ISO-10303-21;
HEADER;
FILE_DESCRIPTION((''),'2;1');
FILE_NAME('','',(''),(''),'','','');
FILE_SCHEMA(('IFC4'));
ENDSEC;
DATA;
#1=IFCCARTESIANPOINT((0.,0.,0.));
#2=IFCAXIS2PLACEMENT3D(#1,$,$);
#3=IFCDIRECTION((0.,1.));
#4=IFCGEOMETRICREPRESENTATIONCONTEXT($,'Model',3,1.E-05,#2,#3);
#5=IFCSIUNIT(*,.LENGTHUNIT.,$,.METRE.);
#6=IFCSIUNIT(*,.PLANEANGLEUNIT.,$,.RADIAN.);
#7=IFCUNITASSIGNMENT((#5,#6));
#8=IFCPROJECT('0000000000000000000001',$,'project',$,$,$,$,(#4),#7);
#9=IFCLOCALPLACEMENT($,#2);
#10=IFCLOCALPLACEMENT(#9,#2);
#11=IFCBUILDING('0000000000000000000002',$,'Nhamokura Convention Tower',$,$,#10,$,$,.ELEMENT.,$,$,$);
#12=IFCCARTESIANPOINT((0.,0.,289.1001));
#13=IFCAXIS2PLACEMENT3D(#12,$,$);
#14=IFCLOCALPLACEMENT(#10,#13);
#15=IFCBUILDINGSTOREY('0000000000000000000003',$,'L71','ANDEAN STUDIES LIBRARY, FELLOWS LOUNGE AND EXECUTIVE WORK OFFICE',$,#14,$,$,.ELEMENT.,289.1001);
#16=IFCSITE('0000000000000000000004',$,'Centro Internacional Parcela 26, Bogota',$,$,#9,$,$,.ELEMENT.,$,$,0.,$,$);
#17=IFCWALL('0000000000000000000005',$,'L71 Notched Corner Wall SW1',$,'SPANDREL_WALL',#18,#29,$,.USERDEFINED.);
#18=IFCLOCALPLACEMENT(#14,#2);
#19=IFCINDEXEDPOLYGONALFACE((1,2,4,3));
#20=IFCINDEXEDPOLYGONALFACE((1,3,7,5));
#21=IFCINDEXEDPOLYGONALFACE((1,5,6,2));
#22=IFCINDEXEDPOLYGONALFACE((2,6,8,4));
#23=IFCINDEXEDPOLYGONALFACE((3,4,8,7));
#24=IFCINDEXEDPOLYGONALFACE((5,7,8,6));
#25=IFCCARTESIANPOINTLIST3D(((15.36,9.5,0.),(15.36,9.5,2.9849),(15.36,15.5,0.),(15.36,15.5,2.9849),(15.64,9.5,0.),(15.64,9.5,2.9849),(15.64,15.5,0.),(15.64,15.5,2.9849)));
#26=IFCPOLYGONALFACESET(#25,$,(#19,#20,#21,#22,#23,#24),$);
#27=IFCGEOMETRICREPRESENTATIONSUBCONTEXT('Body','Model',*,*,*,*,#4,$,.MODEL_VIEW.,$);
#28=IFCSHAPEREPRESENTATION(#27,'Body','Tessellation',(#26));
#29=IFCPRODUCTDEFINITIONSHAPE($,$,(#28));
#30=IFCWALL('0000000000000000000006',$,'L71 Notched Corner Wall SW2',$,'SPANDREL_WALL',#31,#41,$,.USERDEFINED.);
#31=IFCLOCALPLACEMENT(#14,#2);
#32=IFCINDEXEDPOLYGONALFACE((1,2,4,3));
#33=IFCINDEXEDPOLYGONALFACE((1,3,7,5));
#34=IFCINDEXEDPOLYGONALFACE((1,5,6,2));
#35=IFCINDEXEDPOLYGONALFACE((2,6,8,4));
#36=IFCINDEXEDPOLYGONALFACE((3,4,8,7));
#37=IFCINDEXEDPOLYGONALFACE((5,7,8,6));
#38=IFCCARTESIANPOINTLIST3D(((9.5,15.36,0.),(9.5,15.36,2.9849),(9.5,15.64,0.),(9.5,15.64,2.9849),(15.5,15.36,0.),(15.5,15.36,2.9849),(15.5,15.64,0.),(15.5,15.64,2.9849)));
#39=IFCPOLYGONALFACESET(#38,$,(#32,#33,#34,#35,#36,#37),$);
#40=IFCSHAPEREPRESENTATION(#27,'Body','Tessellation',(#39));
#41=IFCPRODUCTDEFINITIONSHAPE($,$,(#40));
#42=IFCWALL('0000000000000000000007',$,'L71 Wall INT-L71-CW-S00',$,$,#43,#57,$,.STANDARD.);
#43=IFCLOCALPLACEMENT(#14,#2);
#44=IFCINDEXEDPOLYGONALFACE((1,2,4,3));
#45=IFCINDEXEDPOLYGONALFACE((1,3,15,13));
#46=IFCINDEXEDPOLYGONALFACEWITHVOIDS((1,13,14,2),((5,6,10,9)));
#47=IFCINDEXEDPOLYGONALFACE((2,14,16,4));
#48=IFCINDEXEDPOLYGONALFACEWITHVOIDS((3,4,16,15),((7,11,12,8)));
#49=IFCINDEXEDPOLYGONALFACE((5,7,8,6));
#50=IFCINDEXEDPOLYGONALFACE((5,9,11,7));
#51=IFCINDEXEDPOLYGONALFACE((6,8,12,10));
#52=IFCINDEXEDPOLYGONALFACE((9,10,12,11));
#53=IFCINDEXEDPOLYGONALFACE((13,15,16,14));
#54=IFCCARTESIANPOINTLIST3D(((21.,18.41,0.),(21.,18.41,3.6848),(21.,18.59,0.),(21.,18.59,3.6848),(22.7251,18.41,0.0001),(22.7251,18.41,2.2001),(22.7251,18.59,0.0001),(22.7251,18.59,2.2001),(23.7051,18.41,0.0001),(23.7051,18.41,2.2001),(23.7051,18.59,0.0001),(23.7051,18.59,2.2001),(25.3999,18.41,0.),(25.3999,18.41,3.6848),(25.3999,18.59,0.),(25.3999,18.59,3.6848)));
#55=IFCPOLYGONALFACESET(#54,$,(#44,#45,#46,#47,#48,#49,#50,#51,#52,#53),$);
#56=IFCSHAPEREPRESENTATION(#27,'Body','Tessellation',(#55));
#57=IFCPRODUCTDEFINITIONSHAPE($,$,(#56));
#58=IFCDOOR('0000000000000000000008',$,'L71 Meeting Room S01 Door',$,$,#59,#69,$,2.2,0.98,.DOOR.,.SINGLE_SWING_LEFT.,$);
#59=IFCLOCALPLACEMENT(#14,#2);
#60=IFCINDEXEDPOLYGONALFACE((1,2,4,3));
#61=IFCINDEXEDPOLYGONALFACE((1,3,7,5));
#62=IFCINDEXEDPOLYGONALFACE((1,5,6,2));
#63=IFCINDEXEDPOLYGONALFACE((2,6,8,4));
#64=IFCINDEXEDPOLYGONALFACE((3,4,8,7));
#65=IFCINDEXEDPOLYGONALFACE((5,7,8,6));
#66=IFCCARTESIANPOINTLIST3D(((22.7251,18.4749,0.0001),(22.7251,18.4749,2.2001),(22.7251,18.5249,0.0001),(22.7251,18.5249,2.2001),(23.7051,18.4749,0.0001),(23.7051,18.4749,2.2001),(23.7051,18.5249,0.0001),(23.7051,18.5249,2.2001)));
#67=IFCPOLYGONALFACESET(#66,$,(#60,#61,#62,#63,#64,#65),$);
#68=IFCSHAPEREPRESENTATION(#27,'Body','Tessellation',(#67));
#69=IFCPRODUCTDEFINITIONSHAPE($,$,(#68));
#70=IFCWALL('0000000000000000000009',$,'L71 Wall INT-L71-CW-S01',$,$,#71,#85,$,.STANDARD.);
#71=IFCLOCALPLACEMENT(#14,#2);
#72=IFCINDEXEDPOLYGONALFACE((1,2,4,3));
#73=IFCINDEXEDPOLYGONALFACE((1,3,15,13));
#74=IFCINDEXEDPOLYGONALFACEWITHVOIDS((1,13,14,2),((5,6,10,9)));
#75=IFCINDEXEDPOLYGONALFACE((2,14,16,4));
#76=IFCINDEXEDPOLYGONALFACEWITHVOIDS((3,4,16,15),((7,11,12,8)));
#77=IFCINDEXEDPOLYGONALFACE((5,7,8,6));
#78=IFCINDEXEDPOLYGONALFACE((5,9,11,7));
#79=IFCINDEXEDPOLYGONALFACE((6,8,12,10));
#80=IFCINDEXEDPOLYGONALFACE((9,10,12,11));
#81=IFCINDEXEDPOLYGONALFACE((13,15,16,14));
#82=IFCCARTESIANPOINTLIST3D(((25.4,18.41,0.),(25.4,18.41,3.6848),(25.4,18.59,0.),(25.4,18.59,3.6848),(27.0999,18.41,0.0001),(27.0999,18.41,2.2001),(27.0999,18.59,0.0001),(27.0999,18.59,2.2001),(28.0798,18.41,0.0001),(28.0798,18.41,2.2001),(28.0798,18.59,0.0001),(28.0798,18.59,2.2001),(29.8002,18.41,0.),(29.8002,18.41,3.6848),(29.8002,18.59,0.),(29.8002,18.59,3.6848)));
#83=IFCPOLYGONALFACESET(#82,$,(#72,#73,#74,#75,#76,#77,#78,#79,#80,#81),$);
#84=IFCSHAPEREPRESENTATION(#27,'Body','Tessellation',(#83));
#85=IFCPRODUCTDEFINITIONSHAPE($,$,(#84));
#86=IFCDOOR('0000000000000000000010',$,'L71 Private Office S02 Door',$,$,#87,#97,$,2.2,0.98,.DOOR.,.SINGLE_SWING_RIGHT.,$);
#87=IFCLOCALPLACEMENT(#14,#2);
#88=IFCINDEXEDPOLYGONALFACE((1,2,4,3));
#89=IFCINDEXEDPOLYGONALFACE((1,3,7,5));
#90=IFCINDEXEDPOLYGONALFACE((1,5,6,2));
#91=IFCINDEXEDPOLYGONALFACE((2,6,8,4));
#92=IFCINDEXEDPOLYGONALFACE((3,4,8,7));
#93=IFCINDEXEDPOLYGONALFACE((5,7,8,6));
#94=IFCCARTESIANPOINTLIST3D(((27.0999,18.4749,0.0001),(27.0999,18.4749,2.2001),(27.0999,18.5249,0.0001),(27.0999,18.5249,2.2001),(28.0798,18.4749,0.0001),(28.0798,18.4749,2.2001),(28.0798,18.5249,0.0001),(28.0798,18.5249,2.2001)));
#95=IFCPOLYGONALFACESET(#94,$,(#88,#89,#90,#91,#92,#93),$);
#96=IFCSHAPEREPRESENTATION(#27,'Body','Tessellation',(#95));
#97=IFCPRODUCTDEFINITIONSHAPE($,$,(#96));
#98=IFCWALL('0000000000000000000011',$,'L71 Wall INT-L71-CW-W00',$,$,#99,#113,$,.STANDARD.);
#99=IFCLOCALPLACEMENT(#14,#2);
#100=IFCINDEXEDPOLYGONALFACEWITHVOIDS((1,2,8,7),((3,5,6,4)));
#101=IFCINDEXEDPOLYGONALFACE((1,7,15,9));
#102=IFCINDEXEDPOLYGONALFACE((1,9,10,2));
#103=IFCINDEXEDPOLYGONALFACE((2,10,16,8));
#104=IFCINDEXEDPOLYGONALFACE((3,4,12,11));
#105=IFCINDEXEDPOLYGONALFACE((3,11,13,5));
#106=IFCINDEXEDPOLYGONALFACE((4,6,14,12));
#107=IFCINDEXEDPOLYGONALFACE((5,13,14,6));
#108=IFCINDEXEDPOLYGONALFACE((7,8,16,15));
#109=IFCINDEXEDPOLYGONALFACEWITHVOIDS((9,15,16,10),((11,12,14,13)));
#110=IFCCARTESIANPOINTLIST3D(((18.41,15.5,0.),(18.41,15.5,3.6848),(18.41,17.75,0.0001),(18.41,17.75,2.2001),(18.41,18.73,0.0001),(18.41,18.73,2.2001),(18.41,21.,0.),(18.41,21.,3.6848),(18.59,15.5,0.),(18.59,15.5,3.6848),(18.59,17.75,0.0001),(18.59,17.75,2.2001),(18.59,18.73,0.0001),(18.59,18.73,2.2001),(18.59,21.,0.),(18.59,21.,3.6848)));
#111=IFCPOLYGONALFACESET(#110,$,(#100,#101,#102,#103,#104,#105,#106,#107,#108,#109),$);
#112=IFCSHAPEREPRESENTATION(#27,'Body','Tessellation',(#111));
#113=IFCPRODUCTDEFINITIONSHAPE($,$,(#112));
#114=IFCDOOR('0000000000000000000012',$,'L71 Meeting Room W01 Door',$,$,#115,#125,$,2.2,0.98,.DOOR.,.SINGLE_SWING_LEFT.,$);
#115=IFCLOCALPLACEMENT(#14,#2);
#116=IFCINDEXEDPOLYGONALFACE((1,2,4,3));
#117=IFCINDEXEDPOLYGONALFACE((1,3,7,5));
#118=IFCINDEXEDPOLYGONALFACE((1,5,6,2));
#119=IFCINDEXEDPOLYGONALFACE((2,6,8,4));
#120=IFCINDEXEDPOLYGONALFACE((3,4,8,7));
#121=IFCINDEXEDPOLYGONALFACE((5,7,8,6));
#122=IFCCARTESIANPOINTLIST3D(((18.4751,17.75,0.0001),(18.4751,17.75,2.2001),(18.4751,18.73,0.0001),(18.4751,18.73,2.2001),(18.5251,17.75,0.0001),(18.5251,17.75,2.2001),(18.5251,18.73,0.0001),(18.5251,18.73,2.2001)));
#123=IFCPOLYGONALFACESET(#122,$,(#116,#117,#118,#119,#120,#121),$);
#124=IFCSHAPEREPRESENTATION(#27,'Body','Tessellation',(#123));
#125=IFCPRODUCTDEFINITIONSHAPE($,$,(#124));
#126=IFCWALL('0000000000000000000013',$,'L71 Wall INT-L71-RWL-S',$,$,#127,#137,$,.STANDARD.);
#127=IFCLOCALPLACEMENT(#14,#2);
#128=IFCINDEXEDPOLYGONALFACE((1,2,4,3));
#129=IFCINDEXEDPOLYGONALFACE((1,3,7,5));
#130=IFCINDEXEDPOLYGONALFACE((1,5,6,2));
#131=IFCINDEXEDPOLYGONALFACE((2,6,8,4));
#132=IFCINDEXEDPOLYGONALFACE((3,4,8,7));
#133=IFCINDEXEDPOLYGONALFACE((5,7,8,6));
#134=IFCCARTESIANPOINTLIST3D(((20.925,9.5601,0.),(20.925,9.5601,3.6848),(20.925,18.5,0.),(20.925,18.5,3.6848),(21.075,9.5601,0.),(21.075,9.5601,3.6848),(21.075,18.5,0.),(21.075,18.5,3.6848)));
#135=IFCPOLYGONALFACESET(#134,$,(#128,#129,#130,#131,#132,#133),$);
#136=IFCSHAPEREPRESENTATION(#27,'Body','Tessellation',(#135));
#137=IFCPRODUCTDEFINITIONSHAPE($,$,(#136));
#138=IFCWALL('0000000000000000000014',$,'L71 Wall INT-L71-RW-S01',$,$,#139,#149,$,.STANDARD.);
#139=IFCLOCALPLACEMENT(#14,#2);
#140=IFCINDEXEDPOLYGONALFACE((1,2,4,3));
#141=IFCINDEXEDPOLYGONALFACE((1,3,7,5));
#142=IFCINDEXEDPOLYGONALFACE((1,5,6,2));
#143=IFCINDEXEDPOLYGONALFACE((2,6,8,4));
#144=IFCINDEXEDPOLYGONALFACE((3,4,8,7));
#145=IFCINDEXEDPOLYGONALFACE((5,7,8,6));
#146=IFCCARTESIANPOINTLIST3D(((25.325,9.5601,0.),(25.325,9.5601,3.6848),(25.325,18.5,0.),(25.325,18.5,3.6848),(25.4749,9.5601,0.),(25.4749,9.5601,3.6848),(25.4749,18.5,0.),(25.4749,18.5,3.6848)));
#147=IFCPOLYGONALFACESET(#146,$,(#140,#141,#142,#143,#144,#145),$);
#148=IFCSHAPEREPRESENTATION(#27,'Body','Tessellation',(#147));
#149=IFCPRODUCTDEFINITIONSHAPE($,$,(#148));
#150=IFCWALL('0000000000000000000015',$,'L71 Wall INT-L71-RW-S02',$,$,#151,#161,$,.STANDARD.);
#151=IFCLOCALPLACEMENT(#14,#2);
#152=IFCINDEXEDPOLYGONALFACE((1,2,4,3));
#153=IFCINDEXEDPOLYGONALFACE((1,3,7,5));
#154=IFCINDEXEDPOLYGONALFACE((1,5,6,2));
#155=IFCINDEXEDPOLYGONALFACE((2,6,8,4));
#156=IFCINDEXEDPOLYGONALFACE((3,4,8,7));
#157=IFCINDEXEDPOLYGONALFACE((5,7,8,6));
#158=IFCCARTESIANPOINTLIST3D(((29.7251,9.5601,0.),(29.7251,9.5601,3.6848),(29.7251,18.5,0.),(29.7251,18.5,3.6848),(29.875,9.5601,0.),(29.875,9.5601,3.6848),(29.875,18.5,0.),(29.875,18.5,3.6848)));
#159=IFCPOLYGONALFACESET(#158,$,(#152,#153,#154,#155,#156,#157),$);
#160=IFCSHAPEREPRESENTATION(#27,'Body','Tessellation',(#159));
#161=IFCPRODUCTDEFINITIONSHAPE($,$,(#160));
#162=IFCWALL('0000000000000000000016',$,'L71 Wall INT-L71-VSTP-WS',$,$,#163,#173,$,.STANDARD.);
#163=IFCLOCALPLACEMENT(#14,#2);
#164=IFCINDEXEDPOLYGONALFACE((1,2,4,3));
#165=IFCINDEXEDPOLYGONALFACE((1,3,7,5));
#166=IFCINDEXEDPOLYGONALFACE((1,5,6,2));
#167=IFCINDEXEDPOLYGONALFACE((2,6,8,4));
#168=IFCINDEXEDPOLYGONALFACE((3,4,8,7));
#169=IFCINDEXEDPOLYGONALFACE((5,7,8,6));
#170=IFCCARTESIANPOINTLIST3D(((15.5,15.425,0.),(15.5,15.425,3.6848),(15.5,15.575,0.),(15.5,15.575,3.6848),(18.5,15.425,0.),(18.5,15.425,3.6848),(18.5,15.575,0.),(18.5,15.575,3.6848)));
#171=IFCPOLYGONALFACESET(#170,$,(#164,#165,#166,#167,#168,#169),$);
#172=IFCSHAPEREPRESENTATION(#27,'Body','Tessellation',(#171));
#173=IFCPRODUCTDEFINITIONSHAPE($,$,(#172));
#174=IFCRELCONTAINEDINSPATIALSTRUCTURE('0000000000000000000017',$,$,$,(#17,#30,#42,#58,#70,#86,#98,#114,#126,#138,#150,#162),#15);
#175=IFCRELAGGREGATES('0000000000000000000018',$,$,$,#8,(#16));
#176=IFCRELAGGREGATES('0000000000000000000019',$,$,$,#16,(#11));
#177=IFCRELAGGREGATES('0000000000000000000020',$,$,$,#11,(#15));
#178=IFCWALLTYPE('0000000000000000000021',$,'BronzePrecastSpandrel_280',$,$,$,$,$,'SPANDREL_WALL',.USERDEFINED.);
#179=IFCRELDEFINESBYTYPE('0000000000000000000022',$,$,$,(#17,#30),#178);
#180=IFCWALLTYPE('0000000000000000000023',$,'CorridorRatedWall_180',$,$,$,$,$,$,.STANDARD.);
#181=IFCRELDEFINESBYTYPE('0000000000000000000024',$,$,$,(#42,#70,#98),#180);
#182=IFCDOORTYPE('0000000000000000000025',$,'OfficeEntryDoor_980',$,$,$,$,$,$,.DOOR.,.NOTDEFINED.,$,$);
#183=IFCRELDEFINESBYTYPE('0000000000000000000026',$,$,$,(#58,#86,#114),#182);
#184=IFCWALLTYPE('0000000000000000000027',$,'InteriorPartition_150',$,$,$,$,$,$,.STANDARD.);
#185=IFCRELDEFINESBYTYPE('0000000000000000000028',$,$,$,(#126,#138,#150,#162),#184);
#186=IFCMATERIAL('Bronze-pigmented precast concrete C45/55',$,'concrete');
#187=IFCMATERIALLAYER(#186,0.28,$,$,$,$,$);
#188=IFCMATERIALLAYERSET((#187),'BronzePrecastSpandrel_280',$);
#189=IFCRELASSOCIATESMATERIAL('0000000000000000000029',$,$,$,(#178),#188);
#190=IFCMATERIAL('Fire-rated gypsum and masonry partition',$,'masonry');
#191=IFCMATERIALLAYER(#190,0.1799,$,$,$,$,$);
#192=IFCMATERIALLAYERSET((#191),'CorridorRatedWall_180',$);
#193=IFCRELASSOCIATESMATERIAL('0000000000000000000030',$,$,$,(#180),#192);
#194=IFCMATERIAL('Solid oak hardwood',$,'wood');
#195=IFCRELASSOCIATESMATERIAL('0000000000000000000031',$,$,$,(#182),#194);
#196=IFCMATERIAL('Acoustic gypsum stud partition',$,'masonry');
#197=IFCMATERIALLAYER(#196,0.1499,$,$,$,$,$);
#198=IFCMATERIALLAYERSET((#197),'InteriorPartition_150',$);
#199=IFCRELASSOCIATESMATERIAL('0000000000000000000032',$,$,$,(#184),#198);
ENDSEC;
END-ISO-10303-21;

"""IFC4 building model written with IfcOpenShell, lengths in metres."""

from ifc_helpers import new_model, si_unit, direction, frame, frame_2d, origin, place, context, subcontext, project, spatial, rectangle, extrude, material, layer, layer_set, type_object, element, fill, save


model = new_model("IFC4")

# Units and contexts
model_context = context("Model", 3, precision=1e-05, world=origin(), true_north=direction((0.0, 1.0)))
body_context = subcontext(model_context, "Body", "Model", "MODEL_VIEW")
ifc_project = project(units=[si_unit("LENGTHUNIT", "METRE"), si_unit("PLANEANGLEUNIT", "RADIAN")], contexts=[model_context])

# Site, building, storey
site_placement = place(None, origin())
site = spatial("IfcSite", under=ifc_project, at=site_placement, Name="Centro Internacional Parcela 26, Bogota", CompositionType="ELEMENT", RefElevation=0.0)
building_placement = place(site_placement, origin())
building = spatial("IfcBuilding", under=site, at=building_placement, Name="Nhamokura Convention Tower", CompositionType="ELEMENT")
storey_placement = place(building_placement, frame((0.0, 0.0, 289.1001)))
storey = spatial("IfcBuildingStorey", under=building, at=storey_placement, Name="L71", Description="ANDEAN STUDIES LIBRARY, FELLOWS LOUNGE AND EXECUTIVE WORK OFFICE", CompositionType="ELEMENT", Elevation=289.1001)

# Shared definitions
ifc_material_1 = material(Name="Bronze-pigmented precast concrete C45/55", Category="concrete")
ifc_layer_1 = layer(ifc_material_1, 0.28)
ifc_layer_set_1 = layer_set([ifc_layer_1], Name="BronzePrecastSpandrel_280")
wall_type_1 = type_object("IfcWallType", Name="BronzePrecastSpandrel_280", ElementType="SPANDREL_WALL", PredefinedType="USERDEFINED", material=ifc_layer_set_1)

# Walls
for number, where, z_axis, x_axis, name in (
    (1, (15.5, 9.5, 0.0), (0.0, 0.0, 1.0), (0.0, 1.0, 0.0), "L71 Notched Corner Wall SW1"),
    (2, (15.5, 15.5, 0.0), (0.0, 0.0, 1.0), (-1.0, 0.0, 0.0), "L71 Notched Corner Wall SW2"),
):
    element("IfcWall", number, at=place(storey_placement, frame(where, z_axis=z_axis, x_axis=x_axis)), inside=storey, type_object=wall_type_1, Name=name, ObjectType="SPANDREL_WALL", PredefinedType="USERDEFINED", context=body_context, shape_type="SweptSolid", body=[
        extrude(rectangle(XDim=6.0, YDim=0.28, at=frame_2d((3.0, 0.0))), origin(), (0.0, 0.0, 1.0), 2.9849),
    ])

# Walls, openings, doors
ifc_material_2 = material(Name="Fire-rated gypsum and masonry partition", Category="masonry")
ifc_layer_2 = layer(ifc_material_2, 0.1799)
ifc_layer_set_2 = layer_set([ifc_layer_2], Name="CorridorRatedWall_180")
wall_type_2 = type_object("IfcWallType", Name="CorridorRatedWall_180", PredefinedType="STANDARD", material=ifc_layer_set_2)
wall_1_placement = place(storey_placement, frame((21.0, 18.5, 0.0), z_axis=(0.0, 0.0, 1.0), x_axis=(1.0, 0.0, 0.0)))
wall_1 = element("IfcWall", 3, at=wall_1_placement, inside=storey, type_object=wall_type_2, Name="L71 Wall INT-L71-CW-S00", PredefinedType="STANDARD", context=body_context, shape_type="SweptSolid", body=[
    extrude(rectangle(XDim=4.3999, YDim=0.1799, at=frame_2d((2.2, 0.0))), origin(), (0.0, 0.0, 1.0), 3.6848),
])
opening_1_placement = place(wall_1_placement, frame((1.7251, 0.0, 0.0)))
opening_1 = element("IfcOpeningElement", 4, at=opening_1_placement, cuts=wall_1, PredefinedType="OPENING", context=body_context, shape_type="SweptSolid", body=[
    extrude(rectangle(XDim=0.98, YDim=2.2, at=frame_2d((0.49, 1.1001))), frame((0.0, 0.0999, 0.0), z_axis=(0.0, -1.0, 0.0), x_axis=(1.0, 0.0, 0.0)), (0.0, 0.0, 1.0), 0.2),
])
ifc_material_3 = material(Name="Solid oak hardwood", Category="wood")
door_type = type_object("IfcDoorType", Name="OfficeEntryDoor_980", OperationType="NOTDEFINED", PredefinedType="DOOR", material=ifc_material_3)
door_1_placement = place(opening_1_placement, origin())
door_1 = element("IfcDoor", 5, at=door_1_placement, inside=storey, type_object=door_type, Name="L71 Meeting Room S01 Door", OperationType="SINGLE_SWING_LEFT", OverallHeight=2.2, OverallWidth=0.98, PredefinedType="DOOR", context=body_context, shape_type="SweptSolid", body=[
    extrude(rectangle(XDim=0.98, YDim=2.2, at=frame_2d((0.49, 1.1001))), frame((0.0, 0.0249, 0.0), z_axis=(0.0, -1.0, 0.0), x_axis=(1.0, 0.0, 0.0)), (0.0, 0.0, 1.0), 0.05),
])
fill(opening_1, door_1)
wall_2_placement = place(storey_placement, frame((25.3999, 18.5, 0.0), z_axis=(0.0, 0.0, 1.0), x_axis=(1.0, 0.0, 0.0)))
wall_2 = element("IfcWall", 6, at=wall_2_placement, inside=storey, type_object=wall_type_2, Name="L71 Wall INT-L71-CW-S01", PredefinedType="STANDARD", context=body_context, shape_type="SweptSolid", body=[
    extrude(rectangle(XDim=4.4001, YDim=0.1799, at=frame_2d((2.2002, 0.0))), origin(), (0.0, 0.0, 1.0), 3.6848),
])
opening_2_placement = place(wall_2_placement, frame((1.7, 0.0, 0.0)))
opening_2 = element("IfcOpeningElement", 7, at=opening_2_placement, cuts=wall_2, PredefinedType="OPENING", context=body_context, shape_type="SweptSolid", body=[
    extrude(rectangle(XDim=0.98, YDim=2.2, at=frame_2d((0.49, 1.1001))), frame((0.0, 0.0999, 0.0), z_axis=(0.0, -1.0, 0.0), x_axis=(1.0, 0.0, 0.0)), (0.0, 0.0, 1.0), 0.2),
])
door_2_placement = place(opening_2_placement, origin())
door_2 = element("IfcDoor", 8, at=door_2_placement, inside=storey, type_object=door_type, Name="L71 Private Office S02 Door", OperationType="SINGLE_SWING_RIGHT", OverallHeight=2.2, OverallWidth=0.98, PredefinedType="DOOR", context=body_context, shape_type="SweptSolid", body=[
    extrude(rectangle(XDim=0.98, YDim=2.2, at=frame_2d((0.49, 1.1001))), frame((0.0, 0.0249, 0.0), z_axis=(0.0, -1.0, 0.0), x_axis=(1.0, 0.0, 0.0)), (0.0, 0.0, 1.0), 0.05),
])
fill(opening_2, door_2)
wall_3_placement = place(storey_placement, frame((18.5, 15.5, 0.0), z_axis=(0.0, 0.0, 1.0), x_axis=(0.0, 1.0, 0.0)))
wall_3 = element("IfcWall", 9, at=wall_3_placement, inside=storey, type_object=wall_type_2, Name="L71 Wall INT-L71-CW-W00", PredefinedType="STANDARD", context=body_context, shape_type="SweptSolid", body=[
    extrude(rectangle(XDim=5.5, YDim=0.1799, at=frame_2d((2.75, 0.0))), origin(), (0.0, 0.0, 1.0), 3.6848),
])
opening_3_placement = place(wall_3_placement, frame((2.25, 0.0, 0.0)))
opening_3 = element("IfcOpeningElement", 10, at=opening_3_placement, cuts=wall_3, PredefinedType="OPENING", context=body_context, shape_type="SweptSolid", body=[
    extrude(rectangle(XDim=0.98, YDim=2.2, at=frame_2d((0.49, 1.1001))), frame((0.0, 0.0999, 0.0), z_axis=(0.0, -1.0, 0.0), x_axis=(1.0, 0.0, 0.0)), (0.0, 0.0, 1.0), 0.2),
])
door_3_placement = place(opening_3_placement, origin())
door_3 = element("IfcDoor", 11, at=door_3_placement, inside=storey, type_object=door_type, Name="L71 Meeting Room W01 Door", OperationType="SINGLE_SWING_LEFT", OverallHeight=2.2, OverallWidth=0.98, PredefinedType="DOOR", context=body_context, shape_type="SweptSolid", body=[
    extrude(rectangle(XDim=0.98, YDim=2.2, at=frame_2d((0.49, 1.1001))), frame((0.0, 0.0249, 0.0), z_axis=(0.0, -1.0, 0.0), x_axis=(1.0, 0.0, 0.0)), (0.0, 0.0, 1.0), 0.05),
])
fill(opening_3, door_3)

# Walls
ifc_material_4 = material(Name="Acoustic gypsum stud partition", Category="masonry")
ifc_layer_3 = layer(ifc_material_4, 0.1499)
ifc_layer_set_3 = layer_set([ifc_layer_3], Name="InteriorPartition_150")
wall_type_3 = type_object("IfcWallType", Name="InteriorPartition_150", PredefinedType="STANDARD", material=ifc_layer_set_3)
for number, where, z_axis, x_axis, name in (
    (12, (21.0, 9.5601, 0.0), (0.0, 0.0, 1.0), (0.0, 1.0, 0.0), "L71 Wall INT-L71-RWL-S"),
    (13, (25.3999, 9.5601, 0.0), (0.0, 0.0, 1.0), (0.0, 1.0, 0.0), "L71 Wall INT-L71-RW-S01"),
    (14, (29.8, 9.5601, 0.0), (0.0, 0.0, 1.0), (0.0, 1.0, 0.0), "L71 Wall INT-L71-RW-S02"),
):
    element("IfcWall", number, at=place(storey_placement, frame(where, z_axis=z_axis, x_axis=x_axis)), inside=storey, type_object=wall_type_3, Name=name, PredefinedType="STANDARD", context=body_context, shape_type="SweptSolid", body=[
        extrude(rectangle(XDim=8.9399, YDim=0.1499, at=frame_2d((4.47, 0.0))), origin(), (0.0, 0.0, 1.0), 3.6848),
    ])
wall_4_placement = place(storey_placement, frame((15.5, 15.5, 0.0), z_axis=(0.0, 0.0, 1.0), x_axis=(1.0, 0.0, 0.0)))
element("IfcWall", 15, at=wall_4_placement, inside=storey, type_object=wall_type_3, Name="L71 Wall INT-L71-VSTP-WS", PredefinedType="STANDARD", context=body_context, shape_type="SweptSolid", body=[
    extrude(rectangle(XDim=3.0, YDim=0.1499, at=frame_2d((1.5, 0.0))), origin(), (0.0, 0.0, 1.0), 3.6848),
])

save(model, "model.ifc")
